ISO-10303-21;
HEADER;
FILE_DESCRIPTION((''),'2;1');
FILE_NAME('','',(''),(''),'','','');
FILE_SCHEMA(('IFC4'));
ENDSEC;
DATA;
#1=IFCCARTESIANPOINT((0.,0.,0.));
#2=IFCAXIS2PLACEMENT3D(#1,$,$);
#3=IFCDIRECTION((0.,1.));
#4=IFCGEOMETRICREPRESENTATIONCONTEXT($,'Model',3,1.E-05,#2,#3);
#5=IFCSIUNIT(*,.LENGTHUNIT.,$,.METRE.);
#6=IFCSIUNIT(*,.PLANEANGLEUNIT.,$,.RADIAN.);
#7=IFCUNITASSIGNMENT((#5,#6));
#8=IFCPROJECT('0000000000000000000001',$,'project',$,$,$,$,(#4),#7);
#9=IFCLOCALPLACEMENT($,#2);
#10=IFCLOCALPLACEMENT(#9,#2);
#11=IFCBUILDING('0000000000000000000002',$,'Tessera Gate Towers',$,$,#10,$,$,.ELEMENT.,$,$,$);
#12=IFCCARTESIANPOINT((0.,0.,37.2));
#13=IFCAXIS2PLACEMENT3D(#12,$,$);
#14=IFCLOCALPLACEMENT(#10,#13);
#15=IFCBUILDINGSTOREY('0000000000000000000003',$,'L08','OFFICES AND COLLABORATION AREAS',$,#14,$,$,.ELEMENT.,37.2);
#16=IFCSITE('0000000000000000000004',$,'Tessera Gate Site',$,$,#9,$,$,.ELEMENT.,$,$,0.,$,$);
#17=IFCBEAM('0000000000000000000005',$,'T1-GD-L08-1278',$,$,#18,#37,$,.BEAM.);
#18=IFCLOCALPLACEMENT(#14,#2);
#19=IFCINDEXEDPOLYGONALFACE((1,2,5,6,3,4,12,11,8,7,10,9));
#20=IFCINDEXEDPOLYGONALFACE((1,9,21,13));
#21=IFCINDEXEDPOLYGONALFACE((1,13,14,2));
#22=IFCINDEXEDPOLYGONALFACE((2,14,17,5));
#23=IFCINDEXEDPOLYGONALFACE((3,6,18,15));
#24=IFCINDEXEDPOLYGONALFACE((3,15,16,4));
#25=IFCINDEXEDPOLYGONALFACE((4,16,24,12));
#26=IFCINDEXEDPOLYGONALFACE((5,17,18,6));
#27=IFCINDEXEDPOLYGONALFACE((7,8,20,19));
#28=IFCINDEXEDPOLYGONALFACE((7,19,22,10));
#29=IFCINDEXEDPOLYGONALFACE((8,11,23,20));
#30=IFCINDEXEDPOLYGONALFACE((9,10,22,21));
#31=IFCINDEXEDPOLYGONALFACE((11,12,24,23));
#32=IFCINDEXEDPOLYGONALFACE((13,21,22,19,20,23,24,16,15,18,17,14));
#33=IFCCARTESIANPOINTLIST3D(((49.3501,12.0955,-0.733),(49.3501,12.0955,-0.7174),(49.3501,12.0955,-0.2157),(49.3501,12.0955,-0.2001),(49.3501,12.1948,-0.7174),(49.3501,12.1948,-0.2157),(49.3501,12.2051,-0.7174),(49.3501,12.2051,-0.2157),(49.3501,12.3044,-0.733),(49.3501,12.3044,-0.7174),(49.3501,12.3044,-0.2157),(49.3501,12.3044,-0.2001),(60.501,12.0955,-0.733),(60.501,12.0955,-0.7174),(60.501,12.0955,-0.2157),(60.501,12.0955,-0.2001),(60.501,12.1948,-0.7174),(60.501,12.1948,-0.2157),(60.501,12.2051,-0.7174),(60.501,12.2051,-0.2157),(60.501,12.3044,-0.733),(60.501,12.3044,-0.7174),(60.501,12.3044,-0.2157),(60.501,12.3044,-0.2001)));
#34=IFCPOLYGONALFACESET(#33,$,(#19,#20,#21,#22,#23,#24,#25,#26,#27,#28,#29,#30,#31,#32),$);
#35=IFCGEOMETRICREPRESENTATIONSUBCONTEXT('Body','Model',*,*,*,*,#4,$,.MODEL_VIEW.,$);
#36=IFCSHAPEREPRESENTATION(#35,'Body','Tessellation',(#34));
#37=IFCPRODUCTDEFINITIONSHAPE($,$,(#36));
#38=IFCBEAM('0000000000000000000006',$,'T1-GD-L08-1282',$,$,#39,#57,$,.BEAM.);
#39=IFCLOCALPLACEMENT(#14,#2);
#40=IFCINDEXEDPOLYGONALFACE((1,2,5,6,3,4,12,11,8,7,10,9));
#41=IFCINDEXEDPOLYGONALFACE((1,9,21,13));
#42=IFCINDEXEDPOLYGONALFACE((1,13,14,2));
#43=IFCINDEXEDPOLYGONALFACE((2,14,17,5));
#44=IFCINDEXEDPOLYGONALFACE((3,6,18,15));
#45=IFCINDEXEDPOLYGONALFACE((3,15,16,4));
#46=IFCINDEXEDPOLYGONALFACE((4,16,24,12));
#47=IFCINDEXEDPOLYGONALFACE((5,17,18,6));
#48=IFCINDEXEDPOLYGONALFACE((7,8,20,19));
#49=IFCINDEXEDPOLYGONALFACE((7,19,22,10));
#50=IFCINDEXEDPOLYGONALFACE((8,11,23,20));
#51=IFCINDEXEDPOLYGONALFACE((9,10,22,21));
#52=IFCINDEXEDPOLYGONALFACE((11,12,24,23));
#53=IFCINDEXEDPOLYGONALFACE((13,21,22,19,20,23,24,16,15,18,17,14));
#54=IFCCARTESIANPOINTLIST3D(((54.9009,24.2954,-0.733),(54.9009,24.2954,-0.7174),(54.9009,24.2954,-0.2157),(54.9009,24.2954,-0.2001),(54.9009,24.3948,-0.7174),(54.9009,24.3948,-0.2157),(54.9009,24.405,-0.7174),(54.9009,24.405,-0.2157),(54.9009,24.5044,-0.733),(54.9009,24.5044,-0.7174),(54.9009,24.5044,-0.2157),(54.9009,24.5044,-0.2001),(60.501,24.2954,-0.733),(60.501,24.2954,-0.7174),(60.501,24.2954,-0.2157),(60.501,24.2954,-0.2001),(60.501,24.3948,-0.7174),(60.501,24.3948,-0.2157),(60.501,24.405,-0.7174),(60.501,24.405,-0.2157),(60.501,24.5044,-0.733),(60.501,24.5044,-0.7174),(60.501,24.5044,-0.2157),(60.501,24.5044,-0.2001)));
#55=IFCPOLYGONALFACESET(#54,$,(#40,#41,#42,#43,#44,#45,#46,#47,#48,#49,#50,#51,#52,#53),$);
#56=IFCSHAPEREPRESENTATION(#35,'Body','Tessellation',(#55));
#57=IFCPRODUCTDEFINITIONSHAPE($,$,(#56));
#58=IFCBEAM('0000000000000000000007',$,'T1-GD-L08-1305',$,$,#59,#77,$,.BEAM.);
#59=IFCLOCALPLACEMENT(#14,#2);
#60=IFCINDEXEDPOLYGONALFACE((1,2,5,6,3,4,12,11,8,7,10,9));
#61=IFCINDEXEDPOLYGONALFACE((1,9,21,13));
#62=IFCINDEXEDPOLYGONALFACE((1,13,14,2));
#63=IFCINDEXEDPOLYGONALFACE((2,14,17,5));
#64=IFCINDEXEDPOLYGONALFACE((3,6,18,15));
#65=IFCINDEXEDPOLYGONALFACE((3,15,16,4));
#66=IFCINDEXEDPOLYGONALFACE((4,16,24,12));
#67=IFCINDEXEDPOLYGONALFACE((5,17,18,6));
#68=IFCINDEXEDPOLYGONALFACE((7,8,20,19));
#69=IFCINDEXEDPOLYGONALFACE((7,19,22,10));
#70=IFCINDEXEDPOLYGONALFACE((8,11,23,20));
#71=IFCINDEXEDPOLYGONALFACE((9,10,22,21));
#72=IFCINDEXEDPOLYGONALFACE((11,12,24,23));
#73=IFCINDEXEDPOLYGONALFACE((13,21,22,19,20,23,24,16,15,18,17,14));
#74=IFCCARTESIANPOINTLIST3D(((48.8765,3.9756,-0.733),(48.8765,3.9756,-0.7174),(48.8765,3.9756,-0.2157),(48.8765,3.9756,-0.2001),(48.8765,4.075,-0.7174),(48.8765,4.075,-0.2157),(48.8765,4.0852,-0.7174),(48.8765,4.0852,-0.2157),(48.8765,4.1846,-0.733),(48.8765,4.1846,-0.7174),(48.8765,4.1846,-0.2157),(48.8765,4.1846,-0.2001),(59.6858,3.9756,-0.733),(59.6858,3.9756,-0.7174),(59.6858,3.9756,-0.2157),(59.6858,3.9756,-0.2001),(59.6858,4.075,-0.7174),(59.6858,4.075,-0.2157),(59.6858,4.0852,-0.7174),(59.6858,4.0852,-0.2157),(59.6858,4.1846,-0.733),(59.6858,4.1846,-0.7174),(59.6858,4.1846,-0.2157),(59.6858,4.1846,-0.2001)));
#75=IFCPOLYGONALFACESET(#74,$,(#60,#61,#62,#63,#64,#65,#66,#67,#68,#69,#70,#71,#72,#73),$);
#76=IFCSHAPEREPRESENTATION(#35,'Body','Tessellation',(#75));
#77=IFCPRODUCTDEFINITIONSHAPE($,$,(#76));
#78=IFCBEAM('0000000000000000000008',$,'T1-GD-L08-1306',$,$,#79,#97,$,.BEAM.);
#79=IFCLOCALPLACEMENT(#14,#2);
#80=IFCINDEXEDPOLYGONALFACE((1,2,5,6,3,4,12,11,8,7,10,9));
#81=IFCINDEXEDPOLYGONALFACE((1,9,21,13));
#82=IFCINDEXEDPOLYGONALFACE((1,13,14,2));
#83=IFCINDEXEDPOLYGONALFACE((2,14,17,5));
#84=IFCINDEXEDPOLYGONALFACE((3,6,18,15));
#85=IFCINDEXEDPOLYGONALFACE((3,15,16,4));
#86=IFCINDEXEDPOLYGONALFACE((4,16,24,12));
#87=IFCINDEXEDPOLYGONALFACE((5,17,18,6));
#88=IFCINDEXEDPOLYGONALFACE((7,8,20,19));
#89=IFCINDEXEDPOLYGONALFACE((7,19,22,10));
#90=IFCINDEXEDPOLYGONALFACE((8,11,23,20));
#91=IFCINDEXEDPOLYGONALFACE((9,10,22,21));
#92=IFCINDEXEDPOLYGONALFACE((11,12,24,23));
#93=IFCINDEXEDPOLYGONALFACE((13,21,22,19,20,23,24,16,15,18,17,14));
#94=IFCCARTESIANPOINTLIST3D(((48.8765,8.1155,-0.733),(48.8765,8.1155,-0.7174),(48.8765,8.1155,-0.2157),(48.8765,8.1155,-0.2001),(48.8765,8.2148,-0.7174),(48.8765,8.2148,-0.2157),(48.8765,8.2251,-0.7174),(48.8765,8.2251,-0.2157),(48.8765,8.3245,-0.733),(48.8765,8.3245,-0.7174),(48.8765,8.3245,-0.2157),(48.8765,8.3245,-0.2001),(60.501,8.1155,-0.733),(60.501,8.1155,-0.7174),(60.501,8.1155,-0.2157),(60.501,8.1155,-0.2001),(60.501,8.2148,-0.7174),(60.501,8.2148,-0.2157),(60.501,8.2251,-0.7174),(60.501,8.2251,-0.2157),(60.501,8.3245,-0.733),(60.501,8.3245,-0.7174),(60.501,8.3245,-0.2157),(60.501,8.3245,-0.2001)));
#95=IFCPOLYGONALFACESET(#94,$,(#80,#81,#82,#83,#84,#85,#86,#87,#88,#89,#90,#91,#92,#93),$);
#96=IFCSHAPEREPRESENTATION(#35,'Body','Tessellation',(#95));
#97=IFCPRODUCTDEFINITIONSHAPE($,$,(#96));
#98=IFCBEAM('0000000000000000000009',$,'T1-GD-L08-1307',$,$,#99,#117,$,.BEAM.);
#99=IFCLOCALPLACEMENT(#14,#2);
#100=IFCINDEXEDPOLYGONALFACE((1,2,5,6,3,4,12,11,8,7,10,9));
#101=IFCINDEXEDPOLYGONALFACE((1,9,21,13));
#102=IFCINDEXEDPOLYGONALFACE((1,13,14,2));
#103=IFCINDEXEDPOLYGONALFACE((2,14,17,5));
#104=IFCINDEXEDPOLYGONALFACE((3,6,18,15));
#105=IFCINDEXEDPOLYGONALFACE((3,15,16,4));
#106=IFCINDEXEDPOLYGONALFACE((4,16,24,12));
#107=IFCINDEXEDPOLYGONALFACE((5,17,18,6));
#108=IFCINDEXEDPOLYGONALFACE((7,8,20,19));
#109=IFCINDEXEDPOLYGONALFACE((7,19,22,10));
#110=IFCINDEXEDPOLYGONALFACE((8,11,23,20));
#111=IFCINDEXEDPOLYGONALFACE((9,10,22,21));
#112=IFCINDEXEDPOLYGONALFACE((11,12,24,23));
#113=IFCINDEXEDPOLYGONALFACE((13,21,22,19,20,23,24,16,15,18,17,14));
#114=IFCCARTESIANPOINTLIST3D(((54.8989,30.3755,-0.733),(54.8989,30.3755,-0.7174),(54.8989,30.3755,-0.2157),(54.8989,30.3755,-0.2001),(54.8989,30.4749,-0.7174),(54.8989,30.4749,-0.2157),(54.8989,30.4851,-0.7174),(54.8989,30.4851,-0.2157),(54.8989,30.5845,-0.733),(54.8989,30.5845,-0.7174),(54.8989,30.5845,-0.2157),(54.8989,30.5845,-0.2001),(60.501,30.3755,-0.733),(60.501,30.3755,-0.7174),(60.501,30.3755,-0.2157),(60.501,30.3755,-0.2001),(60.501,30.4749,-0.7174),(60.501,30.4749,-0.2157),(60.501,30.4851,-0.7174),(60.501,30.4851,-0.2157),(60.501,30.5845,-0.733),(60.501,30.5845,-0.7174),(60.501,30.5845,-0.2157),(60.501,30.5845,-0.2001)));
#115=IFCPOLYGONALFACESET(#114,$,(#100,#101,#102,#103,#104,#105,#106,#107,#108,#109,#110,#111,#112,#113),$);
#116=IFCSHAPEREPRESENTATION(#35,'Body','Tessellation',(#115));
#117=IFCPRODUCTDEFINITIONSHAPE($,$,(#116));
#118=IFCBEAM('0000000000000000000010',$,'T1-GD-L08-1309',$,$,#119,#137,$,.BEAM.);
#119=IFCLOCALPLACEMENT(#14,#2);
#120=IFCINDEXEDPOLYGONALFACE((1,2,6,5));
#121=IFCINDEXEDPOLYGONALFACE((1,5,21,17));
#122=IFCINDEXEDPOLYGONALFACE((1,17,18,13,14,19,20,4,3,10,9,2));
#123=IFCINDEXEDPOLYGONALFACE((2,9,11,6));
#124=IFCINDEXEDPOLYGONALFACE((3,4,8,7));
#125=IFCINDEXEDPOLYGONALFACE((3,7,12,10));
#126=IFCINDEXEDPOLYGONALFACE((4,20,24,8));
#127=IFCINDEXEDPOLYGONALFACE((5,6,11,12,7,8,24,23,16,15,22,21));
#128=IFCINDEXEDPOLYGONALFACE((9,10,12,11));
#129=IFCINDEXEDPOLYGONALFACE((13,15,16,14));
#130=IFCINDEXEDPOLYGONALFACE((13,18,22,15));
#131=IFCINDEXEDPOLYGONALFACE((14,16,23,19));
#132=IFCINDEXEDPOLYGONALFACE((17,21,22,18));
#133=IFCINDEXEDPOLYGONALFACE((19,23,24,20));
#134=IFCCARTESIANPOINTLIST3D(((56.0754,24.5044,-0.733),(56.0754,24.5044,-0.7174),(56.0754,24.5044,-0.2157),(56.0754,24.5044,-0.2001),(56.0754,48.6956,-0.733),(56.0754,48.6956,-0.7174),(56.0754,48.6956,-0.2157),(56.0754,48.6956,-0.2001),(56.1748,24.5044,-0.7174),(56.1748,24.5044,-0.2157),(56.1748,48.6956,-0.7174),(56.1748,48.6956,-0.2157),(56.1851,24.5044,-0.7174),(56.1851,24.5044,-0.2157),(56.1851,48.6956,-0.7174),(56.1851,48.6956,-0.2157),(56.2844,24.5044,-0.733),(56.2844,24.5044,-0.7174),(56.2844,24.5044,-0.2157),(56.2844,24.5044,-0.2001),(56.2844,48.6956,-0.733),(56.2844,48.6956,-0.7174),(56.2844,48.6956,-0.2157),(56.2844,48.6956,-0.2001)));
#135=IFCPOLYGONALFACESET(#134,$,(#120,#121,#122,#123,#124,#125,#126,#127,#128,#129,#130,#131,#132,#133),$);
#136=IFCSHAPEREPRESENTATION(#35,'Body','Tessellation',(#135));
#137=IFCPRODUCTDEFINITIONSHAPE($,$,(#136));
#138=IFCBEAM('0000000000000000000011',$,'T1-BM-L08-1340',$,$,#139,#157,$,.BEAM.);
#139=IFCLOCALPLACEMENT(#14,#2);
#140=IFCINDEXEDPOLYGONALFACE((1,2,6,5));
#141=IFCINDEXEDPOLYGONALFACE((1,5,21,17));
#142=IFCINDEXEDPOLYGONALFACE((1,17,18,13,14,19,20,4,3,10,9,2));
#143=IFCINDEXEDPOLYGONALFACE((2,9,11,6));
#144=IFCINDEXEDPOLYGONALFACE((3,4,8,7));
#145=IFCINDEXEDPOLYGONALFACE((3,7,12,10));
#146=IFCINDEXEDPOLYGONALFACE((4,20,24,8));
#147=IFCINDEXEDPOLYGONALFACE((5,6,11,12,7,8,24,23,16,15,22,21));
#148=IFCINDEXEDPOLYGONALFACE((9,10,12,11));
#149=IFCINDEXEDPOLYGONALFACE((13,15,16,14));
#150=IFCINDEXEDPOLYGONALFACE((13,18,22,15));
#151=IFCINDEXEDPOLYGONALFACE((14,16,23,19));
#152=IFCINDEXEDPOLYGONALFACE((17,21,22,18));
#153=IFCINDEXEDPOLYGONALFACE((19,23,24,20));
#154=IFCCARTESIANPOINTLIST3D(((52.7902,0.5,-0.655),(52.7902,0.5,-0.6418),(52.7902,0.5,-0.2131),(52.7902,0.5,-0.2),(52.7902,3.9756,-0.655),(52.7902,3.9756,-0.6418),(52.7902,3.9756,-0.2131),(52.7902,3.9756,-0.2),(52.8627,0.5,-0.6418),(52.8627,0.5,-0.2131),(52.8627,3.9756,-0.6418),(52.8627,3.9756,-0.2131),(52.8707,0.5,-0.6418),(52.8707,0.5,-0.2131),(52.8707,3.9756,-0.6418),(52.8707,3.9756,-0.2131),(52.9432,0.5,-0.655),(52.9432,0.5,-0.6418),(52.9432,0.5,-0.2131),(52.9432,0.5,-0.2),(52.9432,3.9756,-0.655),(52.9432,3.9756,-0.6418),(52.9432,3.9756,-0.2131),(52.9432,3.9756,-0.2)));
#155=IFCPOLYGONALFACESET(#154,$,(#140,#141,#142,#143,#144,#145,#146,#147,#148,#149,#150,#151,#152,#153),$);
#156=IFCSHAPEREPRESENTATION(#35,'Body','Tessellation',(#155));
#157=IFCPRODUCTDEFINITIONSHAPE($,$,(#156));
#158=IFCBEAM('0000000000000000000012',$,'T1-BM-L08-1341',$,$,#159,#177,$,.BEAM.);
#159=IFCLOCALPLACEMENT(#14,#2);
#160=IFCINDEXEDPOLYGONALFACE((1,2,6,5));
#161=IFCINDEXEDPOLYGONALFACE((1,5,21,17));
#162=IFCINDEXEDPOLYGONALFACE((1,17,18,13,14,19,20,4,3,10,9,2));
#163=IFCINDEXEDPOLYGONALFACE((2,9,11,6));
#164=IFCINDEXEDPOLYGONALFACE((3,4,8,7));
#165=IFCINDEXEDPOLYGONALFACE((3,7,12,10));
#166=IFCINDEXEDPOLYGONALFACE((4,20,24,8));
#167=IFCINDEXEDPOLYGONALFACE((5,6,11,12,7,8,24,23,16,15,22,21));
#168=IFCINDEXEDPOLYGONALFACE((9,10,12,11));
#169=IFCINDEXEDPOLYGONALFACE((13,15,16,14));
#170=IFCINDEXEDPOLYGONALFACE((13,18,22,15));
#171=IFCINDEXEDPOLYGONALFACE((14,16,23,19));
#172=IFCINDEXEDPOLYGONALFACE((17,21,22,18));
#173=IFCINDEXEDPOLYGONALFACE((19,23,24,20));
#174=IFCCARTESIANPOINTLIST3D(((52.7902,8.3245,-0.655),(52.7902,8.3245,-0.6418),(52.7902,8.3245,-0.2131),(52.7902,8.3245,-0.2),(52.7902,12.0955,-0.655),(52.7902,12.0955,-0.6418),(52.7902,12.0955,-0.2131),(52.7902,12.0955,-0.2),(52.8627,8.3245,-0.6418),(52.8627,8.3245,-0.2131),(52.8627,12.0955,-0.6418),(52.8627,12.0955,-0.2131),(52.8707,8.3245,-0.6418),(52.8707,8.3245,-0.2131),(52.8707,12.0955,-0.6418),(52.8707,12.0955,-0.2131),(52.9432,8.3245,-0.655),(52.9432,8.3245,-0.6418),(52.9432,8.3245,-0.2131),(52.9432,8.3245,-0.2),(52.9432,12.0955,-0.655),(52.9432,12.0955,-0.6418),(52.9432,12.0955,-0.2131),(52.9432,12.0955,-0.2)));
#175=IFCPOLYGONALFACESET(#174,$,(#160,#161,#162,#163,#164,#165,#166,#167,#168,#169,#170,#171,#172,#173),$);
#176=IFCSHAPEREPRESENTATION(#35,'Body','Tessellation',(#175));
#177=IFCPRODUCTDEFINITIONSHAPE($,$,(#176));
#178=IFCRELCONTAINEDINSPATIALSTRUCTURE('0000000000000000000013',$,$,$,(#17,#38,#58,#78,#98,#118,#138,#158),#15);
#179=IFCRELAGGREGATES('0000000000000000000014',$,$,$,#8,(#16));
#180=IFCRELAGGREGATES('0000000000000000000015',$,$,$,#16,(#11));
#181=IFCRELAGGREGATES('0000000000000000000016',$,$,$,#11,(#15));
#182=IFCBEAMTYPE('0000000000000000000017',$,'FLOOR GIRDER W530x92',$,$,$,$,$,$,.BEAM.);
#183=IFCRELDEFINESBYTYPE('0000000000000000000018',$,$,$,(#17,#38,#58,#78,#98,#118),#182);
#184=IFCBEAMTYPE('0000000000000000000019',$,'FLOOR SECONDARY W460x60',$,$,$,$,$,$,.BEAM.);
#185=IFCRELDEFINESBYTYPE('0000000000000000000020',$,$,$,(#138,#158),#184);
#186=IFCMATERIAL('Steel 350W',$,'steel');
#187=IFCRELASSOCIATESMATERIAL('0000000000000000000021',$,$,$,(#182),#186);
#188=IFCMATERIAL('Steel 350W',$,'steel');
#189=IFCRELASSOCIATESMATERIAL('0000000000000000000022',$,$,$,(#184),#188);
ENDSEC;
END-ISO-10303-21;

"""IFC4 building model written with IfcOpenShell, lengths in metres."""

from ifc_helpers import new_model, si_unit, direction, frame, origin, origin_2d, place, context, subcontext, project, spatial, i_section, extrude, material, material_profile, profile_set, type_object, element, save


model = new_model("IFC4")

# Units and contexts
model_context = context("Model", 3, precision=1e-05, world=origin(), true_north=direction((0.0, 1.0)))
body_context = subcontext(model_context, "Body", "Model", "MODEL_VIEW")
ifc_project = project(units=[si_unit("LENGTHUNIT", "METRE"), si_unit("PLANEANGLEUNIT", "RADIAN")], contexts=[model_context])

# Site, building, storey
site_placement = place(None, origin())
site = spatial("IfcSite", under=ifc_project, at=site_placement, Name="Tessera Gate Site", CompositionType="ELEMENT", RefElevation=0.0)
building_placement = place(site_placement, origin())
building = spatial("IfcBuilding", under=site, at=building_placement, Name="Tessera Gate Towers", CompositionType="ELEMENT")
storey_placement = place(building_placement, frame((0.0, 0.0, 37.2)))
storey = spatial("IfcBuildingStorey", under=building, at=storey_placement, Name="L08", Description="OFFICES AND COLLABORATION AREAS", CompositionType="ELEMENT", Elevation=37.2)

# Beams
ifc_material_1 = material(Name="Steel 350W", Category="steel")
ifc_material_profile_1 = material_profile(ifc_material_1, i_section(OverallWidth=0.209, OverallDepth=0.533, WebThickness=0.0103, FlangeThickness=0.0156, at=origin_2d()), Name="W530x92")
ifc_profile_set_1 = profile_set([ifc_material_profile_1], Name="Steel 350W")
beam_type_1 = type_object("IfcBeamType", Name="FLOOR GIRDER W530x92", PredefinedType="BEAM", material=ifc_profile_set_1)
beam_1_placement = place(storey_placement, frame((49.3501, 12.2, -0.4666), z_axis=(1.0, 0.0, 0.0), x_axis=(0.0, 1.0, 0.0)))
element("IfcBeam", 1, at=beam_1_placement, inside=storey, type_object=beam_type_1, Name="T1-GD-L08-1278", PredefinedType="BEAM", context=body_context, shape_type="SweptSolid", body=[
    extrude(i_section(OverallWidth=0.209, OverallDepth=0.533, WebThickness=0.0103, FlangeThickness=0.0156, at=origin_2d()), origin(), (0.0, 0.0, 1.0), 11.1509),
])
beam_2_placement = place(storey_placement, frame((54.9009, 24.3999, -0.4666), z_axis=(1.0, 0.0, 0.0), x_axis=(0.0, 1.0, 0.0)))
element("IfcBeam", 2, at=beam_2_placement, inside=storey, type_object=beam_type_1, Name="T1-GD-L08-1282", PredefinedType="BEAM", context=body_context, shape_type="SweptSolid", body=[
    extrude(i_section(OverallWidth=0.209, OverallDepth=0.533, WebThickness=0.0103, FlangeThickness=0.0156, at=origin_2d()), origin(), (0.0, 0.0, 1.0), 5.6001),
])
beam_3_placement = place(storey_placement, frame((48.8765, 4.0801, -0.4666), z_axis=(1.0, 0.0, 0.0), x_axis=(0.0, 1.0, 0.0)))
element("IfcBeam", 3, at=beam_3_placement, inside=storey, type_object=beam_type_1, Name="T1-GD-L08-1305", PredefinedType="BEAM", context=body_context, shape_type="SweptSolid", body=[
    extrude(i_section(OverallWidth=0.209, OverallDepth=0.533, WebThickness=0.0103, FlangeThickness=0.0156, at=origin_2d()), origin(), (0.0, 0.0, 1.0), 10.8093),
])
beam_4_placement = place(storey_placement, frame((48.8765, 8.22, -0.4666), z_axis=(1.0, 0.0, 0.0), x_axis=(0.0, 1.0, 0.0)))
element("IfcBeam", 4, at=beam_4_placement, inside=storey, type_object=beam_type_1, Name="T1-GD-L08-1306", PredefinedType="BEAM", context=body_context, shape_type="SweptSolid", body=[
    extrude(i_section(OverallWidth=0.209, OverallDepth=0.533, WebThickness=0.0103, FlangeThickness=0.0156, at=origin_2d()), origin(), (0.0, 0.0, 1.0), 11.6245),
])
beam_5_placement = place(storey_placement, frame((54.8989, 30.48, -0.4666), z_axis=(1.0, 0.0, 0.0), x_axis=(0.0, 1.0, 0.0)))
element("IfcBeam", 5, at=beam_5_placement, inside=storey, type_object=beam_type_1, Name="T1-GD-L08-1307", PredefinedType="BEAM", context=body_context, shape_type="SweptSolid", body=[
    extrude(i_section(OverallWidth=0.209, OverallDepth=0.533, WebThickness=0.0103, FlangeThickness=0.0156, at=origin_2d()), origin(), (0.0, 0.0, 1.0), 5.6021),
])
beam_6_placement = place(storey_placement, frame((56.1799, 24.5044, -0.4666), z_axis=(0.0, 1.0, 0.0), x_axis=(-1.0, 0.0, 0.0)))
element("IfcBeam", 6, at=beam_6_placement, inside=storey, type_object=beam_type_1, Name="T1-GD-L08-1309", PredefinedType="BEAM", context=body_context, shape_type="SweptSolid", body=[
    extrude(i_section(OverallWidth=0.209, OverallDepth=0.533, WebThickness=0.0103, FlangeThickness=0.0156, at=origin_2d()), origin(), (0.0, 0.0, 1.0), 24.1912),
])
ifc_material_2 = material(Name="Steel 350W", Category="steel")
ifc_material_profile_2 = material_profile(ifc_material_2, i_section(OverallWidth=0.1531, OverallDepth=0.4551, WebThickness=0.0081, FlangeThickness=0.0132, at=origin_2d()), Name="W460x60")
ifc_profile_set_2 = profile_set([ifc_material_profile_2], Name="Steel 350W")
beam_type_2 = type_object("IfcBeamType", Name="FLOOR SECONDARY W460x60", PredefinedType="BEAM", material=ifc_profile_set_2)
beam_7_placement = place(storey_placement, frame((52.8667, 0.5, -0.4275), z_axis=(0.0, 1.0, 0.0), x_axis=(-1.0, 0.0, 0.0)))
element("IfcBeam", 7, at=beam_7_placement, inside=storey, type_object=beam_type_2, Name="T1-BM-L08-1340", PredefinedType="BEAM", context=body_context, shape_type="SweptSolid", body=[
    extrude(i_section(OverallWidth=0.1531, OverallDepth=0.4551, WebThickness=0.0081, FlangeThickness=0.0132, at=origin_2d()), origin(), (0.0, 0.0, 1.0), 3.4756),
])
beam_8_placement = place(storey_placement, frame((52.8667, 8.3245, -0.4275), z_axis=(0.0, 1.0, 0.0), x_axis=(-1.0, 0.0, 0.0)))
element("IfcBeam", 8, at=beam_8_placement, inside=storey, type_object=beam_type_2, Name="T1-BM-L08-1341", PredefinedType="BEAM", context=body_context, shape_type="SweptSolid", body=[
    extrude(i_section(OverallWidth=0.1531, OverallDepth=0.4551, WebThickness=0.0081, FlangeThickness=0.0132, at=origin_2d()), origin(), (0.0, 0.0, 1.0), 3.771),
])

save(model, "model.ifc")
